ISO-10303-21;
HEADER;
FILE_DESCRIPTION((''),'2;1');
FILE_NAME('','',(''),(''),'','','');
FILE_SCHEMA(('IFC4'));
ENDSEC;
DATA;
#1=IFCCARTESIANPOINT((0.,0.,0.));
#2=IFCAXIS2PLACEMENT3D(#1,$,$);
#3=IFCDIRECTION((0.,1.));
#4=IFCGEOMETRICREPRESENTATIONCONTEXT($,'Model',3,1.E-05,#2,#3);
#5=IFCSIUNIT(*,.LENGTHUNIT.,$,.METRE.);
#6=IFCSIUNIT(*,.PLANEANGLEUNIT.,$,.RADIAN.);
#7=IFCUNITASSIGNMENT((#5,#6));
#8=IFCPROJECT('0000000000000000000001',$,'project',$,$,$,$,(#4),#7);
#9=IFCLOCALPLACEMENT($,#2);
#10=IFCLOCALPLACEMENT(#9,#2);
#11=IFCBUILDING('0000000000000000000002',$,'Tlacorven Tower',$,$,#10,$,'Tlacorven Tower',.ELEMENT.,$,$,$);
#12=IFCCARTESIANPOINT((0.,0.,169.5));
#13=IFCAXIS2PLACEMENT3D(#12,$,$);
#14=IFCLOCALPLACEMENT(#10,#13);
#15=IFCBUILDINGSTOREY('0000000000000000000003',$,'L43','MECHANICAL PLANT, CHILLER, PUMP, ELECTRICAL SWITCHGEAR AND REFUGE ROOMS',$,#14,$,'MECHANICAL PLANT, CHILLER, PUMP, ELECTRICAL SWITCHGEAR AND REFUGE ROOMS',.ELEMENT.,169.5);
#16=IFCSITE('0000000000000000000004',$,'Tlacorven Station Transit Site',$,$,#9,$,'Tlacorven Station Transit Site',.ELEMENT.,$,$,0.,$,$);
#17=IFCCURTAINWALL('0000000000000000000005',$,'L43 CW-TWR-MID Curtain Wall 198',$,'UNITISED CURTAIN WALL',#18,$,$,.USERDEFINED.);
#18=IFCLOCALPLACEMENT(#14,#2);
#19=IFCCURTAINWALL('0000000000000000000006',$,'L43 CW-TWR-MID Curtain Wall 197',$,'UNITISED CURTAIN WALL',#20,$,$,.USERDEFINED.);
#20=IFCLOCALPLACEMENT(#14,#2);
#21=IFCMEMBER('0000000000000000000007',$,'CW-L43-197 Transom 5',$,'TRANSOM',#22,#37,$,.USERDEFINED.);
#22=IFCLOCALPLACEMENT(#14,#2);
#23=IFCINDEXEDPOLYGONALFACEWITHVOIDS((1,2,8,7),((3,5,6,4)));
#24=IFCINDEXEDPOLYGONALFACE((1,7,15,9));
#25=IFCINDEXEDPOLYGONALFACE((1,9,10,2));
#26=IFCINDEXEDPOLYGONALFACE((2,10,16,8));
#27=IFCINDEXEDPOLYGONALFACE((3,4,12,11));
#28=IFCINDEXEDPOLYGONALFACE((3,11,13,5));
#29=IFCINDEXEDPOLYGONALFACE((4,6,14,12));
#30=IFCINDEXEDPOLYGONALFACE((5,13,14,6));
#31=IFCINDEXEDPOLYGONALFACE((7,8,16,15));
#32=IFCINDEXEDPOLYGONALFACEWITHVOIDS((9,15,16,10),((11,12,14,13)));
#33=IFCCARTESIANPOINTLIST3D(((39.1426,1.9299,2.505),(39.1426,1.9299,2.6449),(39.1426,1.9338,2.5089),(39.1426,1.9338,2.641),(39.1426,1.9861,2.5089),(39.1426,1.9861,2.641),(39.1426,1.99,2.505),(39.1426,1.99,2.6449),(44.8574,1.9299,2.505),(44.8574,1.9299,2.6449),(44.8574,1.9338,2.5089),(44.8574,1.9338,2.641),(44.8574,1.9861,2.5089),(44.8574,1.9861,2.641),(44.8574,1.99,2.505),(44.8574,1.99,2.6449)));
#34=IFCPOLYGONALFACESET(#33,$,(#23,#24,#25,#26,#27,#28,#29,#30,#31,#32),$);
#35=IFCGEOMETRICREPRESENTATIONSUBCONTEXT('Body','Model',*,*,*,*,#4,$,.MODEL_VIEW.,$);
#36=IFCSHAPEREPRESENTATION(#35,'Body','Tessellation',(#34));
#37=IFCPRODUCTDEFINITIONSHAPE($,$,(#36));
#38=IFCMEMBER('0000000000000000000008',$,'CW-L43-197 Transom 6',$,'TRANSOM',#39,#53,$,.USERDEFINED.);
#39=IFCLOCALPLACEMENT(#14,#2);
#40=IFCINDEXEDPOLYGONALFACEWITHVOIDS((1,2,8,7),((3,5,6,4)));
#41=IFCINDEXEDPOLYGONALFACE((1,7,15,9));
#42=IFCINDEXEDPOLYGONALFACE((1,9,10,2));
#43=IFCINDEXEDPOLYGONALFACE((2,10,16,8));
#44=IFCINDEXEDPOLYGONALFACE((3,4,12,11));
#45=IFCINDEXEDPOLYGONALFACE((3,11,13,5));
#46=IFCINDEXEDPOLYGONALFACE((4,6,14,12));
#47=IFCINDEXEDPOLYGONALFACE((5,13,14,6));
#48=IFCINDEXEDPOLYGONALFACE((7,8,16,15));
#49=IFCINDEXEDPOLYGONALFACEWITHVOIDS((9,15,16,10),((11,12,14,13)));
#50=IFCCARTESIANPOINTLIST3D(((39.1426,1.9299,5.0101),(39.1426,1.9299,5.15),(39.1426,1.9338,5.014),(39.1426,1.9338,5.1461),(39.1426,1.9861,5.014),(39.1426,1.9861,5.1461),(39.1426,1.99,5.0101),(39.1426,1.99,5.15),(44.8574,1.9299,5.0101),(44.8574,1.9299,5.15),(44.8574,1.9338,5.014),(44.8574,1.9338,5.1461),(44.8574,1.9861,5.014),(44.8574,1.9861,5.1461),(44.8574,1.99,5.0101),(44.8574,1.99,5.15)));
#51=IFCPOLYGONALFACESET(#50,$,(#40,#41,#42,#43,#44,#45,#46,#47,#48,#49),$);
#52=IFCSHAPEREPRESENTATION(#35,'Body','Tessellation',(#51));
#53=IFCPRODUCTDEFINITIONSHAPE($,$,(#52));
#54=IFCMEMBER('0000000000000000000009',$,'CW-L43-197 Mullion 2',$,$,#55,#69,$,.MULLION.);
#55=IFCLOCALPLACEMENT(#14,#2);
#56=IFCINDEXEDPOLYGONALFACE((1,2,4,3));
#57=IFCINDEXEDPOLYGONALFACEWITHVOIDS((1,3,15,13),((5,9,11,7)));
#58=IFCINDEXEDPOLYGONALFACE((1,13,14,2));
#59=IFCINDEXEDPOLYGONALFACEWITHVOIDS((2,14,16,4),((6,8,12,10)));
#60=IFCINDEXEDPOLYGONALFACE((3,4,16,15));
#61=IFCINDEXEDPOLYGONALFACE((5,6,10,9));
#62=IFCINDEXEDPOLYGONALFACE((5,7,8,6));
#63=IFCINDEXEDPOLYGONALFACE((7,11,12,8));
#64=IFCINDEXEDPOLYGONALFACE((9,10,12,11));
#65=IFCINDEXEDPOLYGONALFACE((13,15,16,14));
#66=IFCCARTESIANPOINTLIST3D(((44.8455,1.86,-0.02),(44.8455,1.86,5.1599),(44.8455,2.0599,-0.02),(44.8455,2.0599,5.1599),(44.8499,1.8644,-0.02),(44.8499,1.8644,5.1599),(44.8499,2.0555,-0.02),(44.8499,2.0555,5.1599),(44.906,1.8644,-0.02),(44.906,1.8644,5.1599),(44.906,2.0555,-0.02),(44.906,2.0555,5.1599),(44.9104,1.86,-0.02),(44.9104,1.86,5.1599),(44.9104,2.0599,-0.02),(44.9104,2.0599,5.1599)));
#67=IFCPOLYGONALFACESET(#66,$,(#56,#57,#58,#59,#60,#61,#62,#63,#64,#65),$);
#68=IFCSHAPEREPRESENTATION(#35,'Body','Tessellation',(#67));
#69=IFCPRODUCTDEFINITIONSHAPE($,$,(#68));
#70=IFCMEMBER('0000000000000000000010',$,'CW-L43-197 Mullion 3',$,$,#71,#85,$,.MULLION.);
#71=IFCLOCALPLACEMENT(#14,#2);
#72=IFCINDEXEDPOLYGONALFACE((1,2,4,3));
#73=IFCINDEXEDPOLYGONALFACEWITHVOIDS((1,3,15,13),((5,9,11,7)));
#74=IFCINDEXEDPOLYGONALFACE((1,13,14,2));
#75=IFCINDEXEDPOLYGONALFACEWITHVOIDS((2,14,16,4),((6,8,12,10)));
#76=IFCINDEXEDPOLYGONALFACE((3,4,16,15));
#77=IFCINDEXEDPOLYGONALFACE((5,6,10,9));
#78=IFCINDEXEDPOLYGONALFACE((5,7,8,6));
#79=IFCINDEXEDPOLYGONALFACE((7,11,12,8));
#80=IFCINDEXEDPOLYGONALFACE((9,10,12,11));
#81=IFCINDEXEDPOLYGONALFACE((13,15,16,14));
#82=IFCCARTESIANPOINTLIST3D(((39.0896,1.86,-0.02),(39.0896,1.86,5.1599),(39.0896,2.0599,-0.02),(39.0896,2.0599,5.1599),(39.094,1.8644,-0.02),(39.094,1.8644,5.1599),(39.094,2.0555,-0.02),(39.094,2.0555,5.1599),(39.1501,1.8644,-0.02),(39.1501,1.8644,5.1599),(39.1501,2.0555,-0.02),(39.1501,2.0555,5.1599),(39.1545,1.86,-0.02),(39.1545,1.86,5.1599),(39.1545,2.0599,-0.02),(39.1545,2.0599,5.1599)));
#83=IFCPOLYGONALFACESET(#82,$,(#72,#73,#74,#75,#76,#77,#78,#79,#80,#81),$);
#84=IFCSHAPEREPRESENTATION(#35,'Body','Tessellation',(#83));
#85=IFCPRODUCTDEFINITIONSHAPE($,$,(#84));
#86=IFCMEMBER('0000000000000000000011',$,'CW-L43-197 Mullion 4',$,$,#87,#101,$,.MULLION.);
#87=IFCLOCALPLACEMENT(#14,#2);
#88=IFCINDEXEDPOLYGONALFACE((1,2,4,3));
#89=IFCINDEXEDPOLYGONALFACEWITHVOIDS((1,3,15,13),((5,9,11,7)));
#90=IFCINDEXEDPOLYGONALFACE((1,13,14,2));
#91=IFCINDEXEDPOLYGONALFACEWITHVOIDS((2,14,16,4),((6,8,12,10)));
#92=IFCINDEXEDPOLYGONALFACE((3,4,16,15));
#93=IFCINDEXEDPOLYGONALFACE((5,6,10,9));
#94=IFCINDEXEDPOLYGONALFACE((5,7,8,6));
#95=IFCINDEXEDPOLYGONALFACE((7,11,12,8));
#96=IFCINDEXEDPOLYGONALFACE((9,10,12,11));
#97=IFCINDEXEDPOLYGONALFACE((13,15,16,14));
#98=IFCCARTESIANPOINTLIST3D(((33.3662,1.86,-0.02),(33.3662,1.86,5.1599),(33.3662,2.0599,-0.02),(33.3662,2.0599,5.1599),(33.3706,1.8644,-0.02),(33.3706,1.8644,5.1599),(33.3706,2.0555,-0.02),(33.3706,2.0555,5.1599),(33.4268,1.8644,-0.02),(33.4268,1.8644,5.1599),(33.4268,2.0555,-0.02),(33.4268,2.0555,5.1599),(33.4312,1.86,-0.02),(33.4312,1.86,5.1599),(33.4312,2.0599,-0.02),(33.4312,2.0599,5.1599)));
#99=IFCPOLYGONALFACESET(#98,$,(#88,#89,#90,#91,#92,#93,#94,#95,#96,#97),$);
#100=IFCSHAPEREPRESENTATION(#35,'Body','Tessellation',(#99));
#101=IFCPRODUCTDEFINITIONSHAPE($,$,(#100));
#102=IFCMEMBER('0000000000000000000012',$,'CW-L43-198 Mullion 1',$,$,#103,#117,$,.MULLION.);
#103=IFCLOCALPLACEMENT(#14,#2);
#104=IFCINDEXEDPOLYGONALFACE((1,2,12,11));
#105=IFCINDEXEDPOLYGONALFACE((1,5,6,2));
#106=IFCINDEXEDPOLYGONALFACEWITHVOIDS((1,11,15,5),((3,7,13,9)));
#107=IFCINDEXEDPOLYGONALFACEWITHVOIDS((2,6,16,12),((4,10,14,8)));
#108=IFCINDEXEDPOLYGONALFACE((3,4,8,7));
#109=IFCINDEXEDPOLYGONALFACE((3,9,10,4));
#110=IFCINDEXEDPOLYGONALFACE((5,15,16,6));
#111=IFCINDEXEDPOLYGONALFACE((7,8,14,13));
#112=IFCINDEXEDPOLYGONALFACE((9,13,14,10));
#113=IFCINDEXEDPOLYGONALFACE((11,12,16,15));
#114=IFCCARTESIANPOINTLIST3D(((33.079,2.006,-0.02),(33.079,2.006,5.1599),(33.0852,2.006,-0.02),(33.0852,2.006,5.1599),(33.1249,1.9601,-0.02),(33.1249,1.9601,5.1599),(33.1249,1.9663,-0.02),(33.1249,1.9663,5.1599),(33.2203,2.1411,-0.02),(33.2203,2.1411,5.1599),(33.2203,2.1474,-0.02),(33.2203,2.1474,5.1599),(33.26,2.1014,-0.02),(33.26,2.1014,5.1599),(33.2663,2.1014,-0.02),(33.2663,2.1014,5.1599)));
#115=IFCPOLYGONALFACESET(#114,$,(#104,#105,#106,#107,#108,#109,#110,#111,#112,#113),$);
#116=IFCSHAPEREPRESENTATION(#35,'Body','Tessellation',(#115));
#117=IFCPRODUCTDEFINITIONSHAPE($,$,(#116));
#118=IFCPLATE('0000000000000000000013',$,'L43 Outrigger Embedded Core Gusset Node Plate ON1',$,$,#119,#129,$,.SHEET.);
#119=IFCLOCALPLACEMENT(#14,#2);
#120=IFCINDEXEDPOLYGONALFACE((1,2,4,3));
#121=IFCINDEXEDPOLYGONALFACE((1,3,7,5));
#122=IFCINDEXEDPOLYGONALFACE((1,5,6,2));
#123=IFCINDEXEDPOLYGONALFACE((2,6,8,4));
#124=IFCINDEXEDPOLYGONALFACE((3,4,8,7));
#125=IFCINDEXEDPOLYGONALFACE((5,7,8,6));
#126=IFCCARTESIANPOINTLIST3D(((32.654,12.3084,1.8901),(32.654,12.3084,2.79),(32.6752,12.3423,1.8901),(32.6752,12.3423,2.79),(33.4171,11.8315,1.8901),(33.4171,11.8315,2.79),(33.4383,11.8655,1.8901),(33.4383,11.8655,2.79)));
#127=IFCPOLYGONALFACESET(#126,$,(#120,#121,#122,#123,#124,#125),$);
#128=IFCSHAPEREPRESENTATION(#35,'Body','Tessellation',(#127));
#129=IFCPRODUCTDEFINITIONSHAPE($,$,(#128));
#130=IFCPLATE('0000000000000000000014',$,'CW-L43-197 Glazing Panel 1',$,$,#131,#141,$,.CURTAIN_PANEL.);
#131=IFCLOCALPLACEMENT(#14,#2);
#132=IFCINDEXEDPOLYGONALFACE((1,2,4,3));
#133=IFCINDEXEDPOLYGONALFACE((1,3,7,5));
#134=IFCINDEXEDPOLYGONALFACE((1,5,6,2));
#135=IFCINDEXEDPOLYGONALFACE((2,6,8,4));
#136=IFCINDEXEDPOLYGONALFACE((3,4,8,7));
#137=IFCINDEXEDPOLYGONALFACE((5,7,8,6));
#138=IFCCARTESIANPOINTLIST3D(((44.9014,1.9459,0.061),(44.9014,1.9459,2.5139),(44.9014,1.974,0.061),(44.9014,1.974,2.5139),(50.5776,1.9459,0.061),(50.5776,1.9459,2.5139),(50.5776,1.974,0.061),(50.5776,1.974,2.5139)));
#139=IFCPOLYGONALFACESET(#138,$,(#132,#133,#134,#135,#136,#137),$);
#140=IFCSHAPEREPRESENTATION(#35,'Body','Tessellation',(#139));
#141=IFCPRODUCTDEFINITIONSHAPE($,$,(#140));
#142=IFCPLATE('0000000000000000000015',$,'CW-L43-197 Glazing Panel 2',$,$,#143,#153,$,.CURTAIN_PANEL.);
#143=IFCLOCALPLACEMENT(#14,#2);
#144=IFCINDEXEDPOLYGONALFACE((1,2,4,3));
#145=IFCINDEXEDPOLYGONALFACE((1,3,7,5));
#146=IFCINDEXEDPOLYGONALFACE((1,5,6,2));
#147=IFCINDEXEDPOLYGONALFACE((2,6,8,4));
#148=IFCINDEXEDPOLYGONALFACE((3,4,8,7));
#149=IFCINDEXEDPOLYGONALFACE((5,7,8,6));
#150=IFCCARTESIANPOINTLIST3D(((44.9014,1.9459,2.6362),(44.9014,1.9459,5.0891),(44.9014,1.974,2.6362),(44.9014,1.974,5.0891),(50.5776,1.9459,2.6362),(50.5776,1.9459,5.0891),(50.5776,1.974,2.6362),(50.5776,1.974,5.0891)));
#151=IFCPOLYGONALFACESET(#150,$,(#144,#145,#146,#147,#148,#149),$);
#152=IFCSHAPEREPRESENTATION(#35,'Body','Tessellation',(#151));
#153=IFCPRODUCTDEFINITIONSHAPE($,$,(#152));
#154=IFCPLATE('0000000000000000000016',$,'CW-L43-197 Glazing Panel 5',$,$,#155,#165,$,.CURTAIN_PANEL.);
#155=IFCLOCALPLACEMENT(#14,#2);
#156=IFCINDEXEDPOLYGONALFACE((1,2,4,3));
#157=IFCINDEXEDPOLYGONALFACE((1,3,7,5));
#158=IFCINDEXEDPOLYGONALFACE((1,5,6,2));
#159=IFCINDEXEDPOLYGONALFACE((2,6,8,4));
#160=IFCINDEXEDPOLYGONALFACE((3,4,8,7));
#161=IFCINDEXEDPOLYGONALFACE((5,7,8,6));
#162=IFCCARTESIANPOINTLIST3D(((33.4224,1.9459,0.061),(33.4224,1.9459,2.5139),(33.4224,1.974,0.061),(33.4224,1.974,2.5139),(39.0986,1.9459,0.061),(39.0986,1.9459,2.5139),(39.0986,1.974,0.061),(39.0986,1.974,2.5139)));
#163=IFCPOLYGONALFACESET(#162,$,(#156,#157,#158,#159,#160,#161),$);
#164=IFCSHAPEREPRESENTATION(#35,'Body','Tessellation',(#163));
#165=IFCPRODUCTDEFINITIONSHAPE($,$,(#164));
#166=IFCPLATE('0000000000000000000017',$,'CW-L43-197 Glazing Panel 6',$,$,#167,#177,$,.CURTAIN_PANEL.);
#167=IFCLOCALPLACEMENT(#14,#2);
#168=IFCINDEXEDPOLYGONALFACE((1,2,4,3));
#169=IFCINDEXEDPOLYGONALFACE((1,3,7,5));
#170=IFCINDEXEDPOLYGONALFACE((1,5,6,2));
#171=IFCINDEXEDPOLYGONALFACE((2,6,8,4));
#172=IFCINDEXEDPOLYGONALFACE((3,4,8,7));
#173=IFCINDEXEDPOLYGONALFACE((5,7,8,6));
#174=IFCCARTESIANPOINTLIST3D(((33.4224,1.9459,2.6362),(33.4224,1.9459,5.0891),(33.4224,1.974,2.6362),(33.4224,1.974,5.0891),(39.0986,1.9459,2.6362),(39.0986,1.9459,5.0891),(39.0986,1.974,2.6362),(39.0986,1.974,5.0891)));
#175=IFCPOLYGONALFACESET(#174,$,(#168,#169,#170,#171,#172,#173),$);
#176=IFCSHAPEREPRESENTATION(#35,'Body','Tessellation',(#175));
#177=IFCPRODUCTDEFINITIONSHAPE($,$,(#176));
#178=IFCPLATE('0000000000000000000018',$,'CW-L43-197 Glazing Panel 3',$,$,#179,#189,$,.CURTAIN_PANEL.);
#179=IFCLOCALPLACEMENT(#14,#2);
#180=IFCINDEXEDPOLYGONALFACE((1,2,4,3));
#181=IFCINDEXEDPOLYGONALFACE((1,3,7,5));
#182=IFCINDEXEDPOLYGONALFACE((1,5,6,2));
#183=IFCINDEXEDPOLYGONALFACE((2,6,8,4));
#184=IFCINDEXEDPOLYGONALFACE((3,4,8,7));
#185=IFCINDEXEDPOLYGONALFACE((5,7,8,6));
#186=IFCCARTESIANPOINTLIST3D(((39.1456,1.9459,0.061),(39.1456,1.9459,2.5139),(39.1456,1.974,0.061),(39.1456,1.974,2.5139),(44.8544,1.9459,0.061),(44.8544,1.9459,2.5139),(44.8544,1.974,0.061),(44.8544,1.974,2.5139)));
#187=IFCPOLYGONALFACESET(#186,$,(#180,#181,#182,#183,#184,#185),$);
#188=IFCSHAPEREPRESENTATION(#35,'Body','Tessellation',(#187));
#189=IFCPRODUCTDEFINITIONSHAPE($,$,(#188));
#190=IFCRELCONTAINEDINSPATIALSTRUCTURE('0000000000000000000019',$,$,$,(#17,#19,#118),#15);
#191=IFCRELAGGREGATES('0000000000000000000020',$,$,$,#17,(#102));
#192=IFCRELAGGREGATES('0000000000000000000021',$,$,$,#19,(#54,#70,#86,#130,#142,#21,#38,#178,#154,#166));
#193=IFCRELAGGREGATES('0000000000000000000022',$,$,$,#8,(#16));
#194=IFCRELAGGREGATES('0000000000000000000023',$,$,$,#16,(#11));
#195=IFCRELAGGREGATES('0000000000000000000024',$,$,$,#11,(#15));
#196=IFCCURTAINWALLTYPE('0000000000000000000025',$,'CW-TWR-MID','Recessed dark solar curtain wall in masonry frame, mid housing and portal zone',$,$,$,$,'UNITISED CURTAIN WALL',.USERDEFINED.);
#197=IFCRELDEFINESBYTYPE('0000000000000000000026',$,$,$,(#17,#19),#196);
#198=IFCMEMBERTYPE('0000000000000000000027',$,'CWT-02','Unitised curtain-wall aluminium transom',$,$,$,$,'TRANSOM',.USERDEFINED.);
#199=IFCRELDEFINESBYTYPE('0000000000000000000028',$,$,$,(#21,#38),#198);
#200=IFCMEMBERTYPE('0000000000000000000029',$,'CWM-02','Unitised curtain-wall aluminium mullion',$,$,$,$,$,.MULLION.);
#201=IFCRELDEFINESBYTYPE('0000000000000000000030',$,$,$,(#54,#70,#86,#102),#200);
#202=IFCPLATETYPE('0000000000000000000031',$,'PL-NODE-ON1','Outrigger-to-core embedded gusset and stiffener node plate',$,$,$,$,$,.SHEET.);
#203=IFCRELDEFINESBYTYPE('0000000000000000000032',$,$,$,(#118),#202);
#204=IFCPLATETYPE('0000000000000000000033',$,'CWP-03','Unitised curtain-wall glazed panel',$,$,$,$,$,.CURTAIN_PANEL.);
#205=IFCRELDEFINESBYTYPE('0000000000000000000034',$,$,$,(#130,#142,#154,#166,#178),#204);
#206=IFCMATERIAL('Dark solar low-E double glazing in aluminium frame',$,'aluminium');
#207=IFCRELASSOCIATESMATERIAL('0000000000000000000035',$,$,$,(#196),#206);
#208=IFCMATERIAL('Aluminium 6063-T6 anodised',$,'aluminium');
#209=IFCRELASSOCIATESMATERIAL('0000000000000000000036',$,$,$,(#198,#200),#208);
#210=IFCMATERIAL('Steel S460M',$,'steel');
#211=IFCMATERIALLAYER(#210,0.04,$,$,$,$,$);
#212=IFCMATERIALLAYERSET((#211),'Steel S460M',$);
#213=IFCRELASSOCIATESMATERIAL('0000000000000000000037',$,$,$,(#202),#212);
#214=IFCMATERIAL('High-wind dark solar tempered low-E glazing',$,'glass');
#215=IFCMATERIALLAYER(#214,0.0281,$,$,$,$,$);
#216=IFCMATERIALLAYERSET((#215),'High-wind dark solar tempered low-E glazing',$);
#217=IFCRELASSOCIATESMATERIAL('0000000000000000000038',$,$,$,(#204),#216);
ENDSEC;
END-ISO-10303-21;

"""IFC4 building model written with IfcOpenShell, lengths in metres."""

from ifc_helpers import new_model, si_unit, direction, frame, origin, origin_2d, place, context, subcontext, project, spatial, rectangle, hollow_rectangle, extrude, source, transform, mapped, material, layer, layer_set, material_profile, profile_set, type_object, element, aggregate, save


model = new_model("IFC4")

# Units and contexts
model_context = context("Model", 3, precision=1e-05, world=origin(), true_north=direction((0.0, 1.0)))
body_context = subcontext(model_context, "Body", "Model", "MODEL_VIEW")
ifc_project = project(units=[si_unit("LENGTHUNIT", "METRE"), si_unit("PLANEANGLEUNIT", "RADIAN")], contexts=[model_context])

# Site, building, storey
site_placement = place(None, origin())
site = spatial("IfcSite", under=ifc_project, at=site_placement, Name="Tlacorven Station Transit Site", LongName="Tlacorven Station Transit Site", CompositionType="ELEMENT", RefElevation=0.0)
building_placement = place(site_placement, origin())
building = spatial("IfcBuilding", under=site, at=building_placement, Name="Tlacorven Tower", LongName="Tlacorven Tower", CompositionType="ELEMENT")
storey_placement = place(building_placement, frame((0.0, 0.0, 169.5)))
storey = spatial("IfcBuildingStorey", under=building, at=storey_placement, Name="L43", Description="MECHANICAL PLANT, CHILLER, PUMP, ELECTRICAL SWITCHGEAR AND REFUGE ROOMS", LongName="MECHANICAL PLANT, CHILLER, PUMP, ELECTRICAL SWITCHGEAR AND REFUGE ROOMS", CompositionType="ELEMENT", Elevation=169.5)

# Shared definitions
ifc_material_1 = material(Name="Steel S460M", Category="steel")

# Curtain walls, members
ifc_material_2 = material(Name="Dark solar low-E double glazing in aluminium frame", Category="aluminium")
curtain_wall_type = type_object("IfcCurtainWallType", Name="CW-TWR-MID", Description="Recessed dark solar curtain wall in masonry frame, mid housing and portal zone", ElementType="UNITISED CURTAIN WALL", PredefinedType="USERDEFINED", material=ifc_material_2)
curtain_wall_1_placement = place(storey_placement, origin())
curtain_wall_1 = element("IfcCurtainWall", 1, at=curtain_wall_1_placement, inside=storey, type_object=curtain_wall_type, Name="L43 CW-TWR-MID Curtain Wall 198", ObjectType="UNITISED CURTAIN WALL", PredefinedType="USERDEFINED")
ifc_material_3 = material(Name="Aluminium 6063-T6 anodised", Category="aluminium")
ifc_material_profile_1 = material_profile(ifc_material_3, hollow_rectangle(XDim=0.0601, YDim=0.1399, WallThickness=0.0039, at=origin_2d()), Name="ALU TRANSOM 60X140")
ifc_profile_set_1 = profile_set([ifc_material_profile_1], Name="Aluminium 6063-T6 anodised")
member_type_1 = type_object("IfcMemberType", Name="CWT-02", Description="Unitised curtain-wall aluminium transom", ElementType="TRANSOM", PredefinedType="USERDEFINED", material=ifc_profile_set_1)
curtain_wall_2_placement = place(storey_placement, origin())
curtain_wall_2 = element("IfcCurtainWall", 2, at=curtain_wall_2_placement, inside=storey, type_object=curtain_wall_type, Name="L43 CW-TWR-MID Curtain Wall 197", ObjectType="UNITISED CURTAIN WALL", PredefinedType="USERDEFINED")
shared_shape_1 = source(origin(), body_context, "Body", "SweptSolid", [
    extrude(hollow_rectangle(XDim=0.0601, YDim=0.1399, WallThickness=0.0039, at=origin_2d()), origin(), (0.0, 0.0, 1.0), 5.7148),
])
member_1_placement = place(storey_placement, frame((44.8574, 1.96, 2.575), z_axis=(-1.0, 0.0, 0.0), x_axis=(0.0, -1.0, 0.0)))
member_1 = element("IfcMember", 3, at=member_1_placement, type_object=member_type_1, Name="CW-L43-197 Transom 5", ObjectType="TRANSOM", PredefinedType="USERDEFINED", context=body_context, shape_type="MappedRepresentation", body=[
    mapped(shared_shape_1, transform((0.0, 0.0, 0.0), scale=1.0)),
])
member_2_placement = place(storey_placement, frame((44.8574, 1.96, 5.0801), z_axis=(-1.0, 0.0, 0.0), x_axis=(0.0, -1.0, 0.0)))
member_2 = element("IfcMember", 4, at=member_2_placement, type_object=member_type_1, Name="CW-L43-197 Transom 6", ObjectType="TRANSOM", PredefinedType="USERDEFINED", context=body_context, shape_type="MappedRepresentation", body=[
    mapped(shared_shape_1, transform((0.0, 0.0, 0.0), scale=1.0)),
])
ifc_material_profile_2 = material_profile(ifc_material_3, hollow_rectangle(XDim=0.0649, YDim=0.2, WallThickness=0.0044, at=origin_2d()), Name="ALU MULLION 65X200")
ifc_profile_set_2 = profile_set([ifc_material_profile_2], Name="Aluminium 6063-T6 anodised")
member_type_2 = type_object("IfcMemberType", Name="CWM-02", Description="Unitised curtain-wall aluminium mullion", PredefinedType="MULLION", material=ifc_profile_set_2)
shared_shape_2 = source(origin(), body_context, "Body", "SweptSolid", [
    extrude(hollow_rectangle(XDim=0.0649, YDim=0.2, WallThickness=0.0044, at=origin_2d()), origin(), (0.0, 0.0, 1.0), 5.1799),
])
member_3_placement = place(storey_placement, frame((44.8779, 1.96, -0.02), z_axis=(0.0, 0.0, 1.0), x_axis=(-1.0, 0.0, 0.0)))
member_3 = element("IfcMember", 5, at=member_3_placement, type_object=member_type_2, Name="CW-L43-197 Mullion 2", PredefinedType="MULLION", context=body_context, shape_type="MappedRepresentation", body=[
    mapped(shared_shape_2, transform((0.0, 0.0, 0.0), scale=1.0)),
])
member_4_placement = place(storey_placement, frame((39.1221, 1.96, -0.02), z_axis=(0.0, 0.0, 1.0), x_axis=(-1.0, 0.0, 0.0)))
member_4 = element("IfcMember", 6, at=member_4_placement, type_object=member_type_2, Name="CW-L43-197 Mullion 3", PredefinedType="MULLION", context=body_context, shape_type="MappedRepresentation", body=[
    mapped(shared_shape_2, transform((0.0, 0.0, 0.0), scale=1.0)),
])
member_5_placement = place(storey_placement, frame((33.3987, 1.96, -0.02), z_axis=(0.0, 0.0, 1.0), x_axis=(-1.0, 0.0, 0.0)))
member_5 = element("IfcMember", 7, at=member_5_placement, type_object=member_type_2, Name="CW-L43-197 Mullion 4", PredefinedType="MULLION", context=body_context, shape_type="MappedRepresentation", body=[
    mapped(shared_shape_2, transform((0.0, 0.0, 0.0), scale=1.0)),
])

# Member
member_6_placement = place(storey_placement, frame((33.1726, 2.0537, -0.02), z_axis=(0.0, 0.0, 1.0), x_axis=(-0.707107, 0.707107, 0.0)))
member_6 = element("IfcMember", 8, at=member_6_placement, type_object=member_type_2, Name="CW-L43-198 Mullion 1", PredefinedType="MULLION", context=body_context, shape_type="MappedRepresentation", body=[
    mapped(shared_shape_2, transform((0.0, 0.0, 0.0), scale=1.0)),
])
aggregate(curtain_wall_1, [member_6])

# Plates
ifc_layer_1 = layer(ifc_material_1, 0.04)
ifc_layer_set_1 = layer_set([ifc_layer_1], Name="Steel S460M")
plate_type_1 = type_object("IfcPlateType", Name="PL-NODE-ON1", Description="Outrigger-to-core embedded gusset and stiffener node plate", PredefinedType="SHEET", material=ifc_layer_set_1)
shared_shape_3 = source(origin(), body_context, "Body", "SweptSolid", [
    extrude(rectangle(XDim=0.8999, YDim=0.04, at=origin_2d()), origin(), (0.0, 0.0, 1.0), 0.8999),
])
plate_1_placement = place(storey_placement, frame((33.0461, 12.0869, 1.8901), z_axis=(0.0, 0.0, 1.0), x_axis=(-0.848048, 0.529919, 0.0)))
element("IfcPlate", 9, at=plate_1_placement, inside=storey, type_object=plate_type_1, Name="L43 Outrigger Embedded Core Gusset Node Plate ON1", PredefinedType="SHEET", context=body_context, shape_type="MappedRepresentation", body=[
    mapped(shared_shape_3, transform((0.0, 0.0, 0.0), scale=1.0)),
])
ifc_material_4 = material(Name="High-wind dark solar tempered low-E glazing", Category="glass")
ifc_layer_2 = layer(ifc_material_4, 0.0281)
ifc_layer_set_2 = layer_set([ifc_layer_2], Name="High-wind dark solar tempered low-E glazing")
plate_type_2 = type_object("IfcPlateType", Name="CWP-03", Description="Unitised curtain-wall glazed panel", PredefinedType="CURTAIN_PANEL", material=ifc_layer_set_2)
shared_shape_4 = source(origin(), body_context, "Body", "SweptSolid", [
    extrude(rectangle(XDim=5.6763, YDim=0.0281, at=origin_2d()), origin(), (0.0, 0.0, 1.0), 2.4529),
])
plate_2_placement = place(storey_placement, frame((47.7395, 1.96, 0.061), z_axis=(0.0, 0.0, 1.0), x_axis=(-1.0, 0.0, 0.0)))
plate_2 = element("IfcPlate", 10, at=plate_2_placement, type_object=plate_type_2, Name="CW-L43-197 Glazing Panel 1", PredefinedType="CURTAIN_PANEL", context=body_context, shape_type="MappedRepresentation", body=[
    mapped(shared_shape_4, transform((0.0, 0.0, 0.0), scale=1.0)),
])
plate_3_placement = place(storey_placement, frame((47.7395, 1.96, 2.6362), z_axis=(0.0, 0.0, 1.0), x_axis=(-1.0, 0.0, 0.0)))
plate_3 = element("IfcPlate", 11, at=plate_3_placement, type_object=plate_type_2, Name="CW-L43-197 Glazing Panel 2", PredefinedType="CURTAIN_PANEL", context=body_context, shape_type="MappedRepresentation", body=[
    mapped(shared_shape_4, transform((0.0, 0.0, 0.0), scale=1.0)),
])
plate_4_placement = place(storey_placement, frame((36.2605, 1.96, 0.061), z_axis=(0.0, 0.0, 1.0), x_axis=(-1.0, 0.0, 0.0)))
plate_4 = element("IfcPlate", 12, at=plate_4_placement, type_object=plate_type_2, Name="CW-L43-197 Glazing Panel 5", PredefinedType="CURTAIN_PANEL", context=body_context, shape_type="MappedRepresentation", body=[
    mapped(shared_shape_4, transform((0.0, 0.0, 0.0), scale=1.0)),
])
plate_5_placement = place(storey_placement, frame((36.2605, 1.96, 2.6362), z_axis=(0.0, 0.0, 1.0), x_axis=(-1.0, 0.0, 0.0)))
plate_5 = element("IfcPlate", 13, at=plate_5_placement, type_object=plate_type_2, Name="CW-L43-197 Glazing Panel 6", PredefinedType="CURTAIN_PANEL", context=body_context, shape_type="MappedRepresentation", body=[
    mapped(shared_shape_4, transform((0.0, 0.0, 0.0), scale=1.0)),
])
shared_shape_5 = source(origin(), body_context, "Body", "SweptSolid", [
    extrude(rectangle(XDim=5.7087, YDim=0.0281, at=origin_2d()), origin(), (0.0, 0.0, 1.0), 2.4529),
])
plate_6_placement = place(storey_placement, frame((42.0, 1.96, 0.061), z_axis=(0.0, 0.0, 1.0), x_axis=(-1.0, 0.0, 0.0)))
plate_6 = element("IfcPlate", 14, at=plate_6_placement, type_object=plate_type_2, Name="CW-L43-197 Glazing Panel 3", PredefinedType="CURTAIN_PANEL", context=body_context, shape_type="MappedRepresentation", body=[
    mapped(shared_shape_5, transform((0.0, 0.0, 0.0), scale=1.0)),
])
aggregate(curtain_wall_2, [member_3, member_4, member_5, plate_2, plate_3, member_1, member_2, plate_6, plate_4, plate_5])

save(model, "model.ifc")
